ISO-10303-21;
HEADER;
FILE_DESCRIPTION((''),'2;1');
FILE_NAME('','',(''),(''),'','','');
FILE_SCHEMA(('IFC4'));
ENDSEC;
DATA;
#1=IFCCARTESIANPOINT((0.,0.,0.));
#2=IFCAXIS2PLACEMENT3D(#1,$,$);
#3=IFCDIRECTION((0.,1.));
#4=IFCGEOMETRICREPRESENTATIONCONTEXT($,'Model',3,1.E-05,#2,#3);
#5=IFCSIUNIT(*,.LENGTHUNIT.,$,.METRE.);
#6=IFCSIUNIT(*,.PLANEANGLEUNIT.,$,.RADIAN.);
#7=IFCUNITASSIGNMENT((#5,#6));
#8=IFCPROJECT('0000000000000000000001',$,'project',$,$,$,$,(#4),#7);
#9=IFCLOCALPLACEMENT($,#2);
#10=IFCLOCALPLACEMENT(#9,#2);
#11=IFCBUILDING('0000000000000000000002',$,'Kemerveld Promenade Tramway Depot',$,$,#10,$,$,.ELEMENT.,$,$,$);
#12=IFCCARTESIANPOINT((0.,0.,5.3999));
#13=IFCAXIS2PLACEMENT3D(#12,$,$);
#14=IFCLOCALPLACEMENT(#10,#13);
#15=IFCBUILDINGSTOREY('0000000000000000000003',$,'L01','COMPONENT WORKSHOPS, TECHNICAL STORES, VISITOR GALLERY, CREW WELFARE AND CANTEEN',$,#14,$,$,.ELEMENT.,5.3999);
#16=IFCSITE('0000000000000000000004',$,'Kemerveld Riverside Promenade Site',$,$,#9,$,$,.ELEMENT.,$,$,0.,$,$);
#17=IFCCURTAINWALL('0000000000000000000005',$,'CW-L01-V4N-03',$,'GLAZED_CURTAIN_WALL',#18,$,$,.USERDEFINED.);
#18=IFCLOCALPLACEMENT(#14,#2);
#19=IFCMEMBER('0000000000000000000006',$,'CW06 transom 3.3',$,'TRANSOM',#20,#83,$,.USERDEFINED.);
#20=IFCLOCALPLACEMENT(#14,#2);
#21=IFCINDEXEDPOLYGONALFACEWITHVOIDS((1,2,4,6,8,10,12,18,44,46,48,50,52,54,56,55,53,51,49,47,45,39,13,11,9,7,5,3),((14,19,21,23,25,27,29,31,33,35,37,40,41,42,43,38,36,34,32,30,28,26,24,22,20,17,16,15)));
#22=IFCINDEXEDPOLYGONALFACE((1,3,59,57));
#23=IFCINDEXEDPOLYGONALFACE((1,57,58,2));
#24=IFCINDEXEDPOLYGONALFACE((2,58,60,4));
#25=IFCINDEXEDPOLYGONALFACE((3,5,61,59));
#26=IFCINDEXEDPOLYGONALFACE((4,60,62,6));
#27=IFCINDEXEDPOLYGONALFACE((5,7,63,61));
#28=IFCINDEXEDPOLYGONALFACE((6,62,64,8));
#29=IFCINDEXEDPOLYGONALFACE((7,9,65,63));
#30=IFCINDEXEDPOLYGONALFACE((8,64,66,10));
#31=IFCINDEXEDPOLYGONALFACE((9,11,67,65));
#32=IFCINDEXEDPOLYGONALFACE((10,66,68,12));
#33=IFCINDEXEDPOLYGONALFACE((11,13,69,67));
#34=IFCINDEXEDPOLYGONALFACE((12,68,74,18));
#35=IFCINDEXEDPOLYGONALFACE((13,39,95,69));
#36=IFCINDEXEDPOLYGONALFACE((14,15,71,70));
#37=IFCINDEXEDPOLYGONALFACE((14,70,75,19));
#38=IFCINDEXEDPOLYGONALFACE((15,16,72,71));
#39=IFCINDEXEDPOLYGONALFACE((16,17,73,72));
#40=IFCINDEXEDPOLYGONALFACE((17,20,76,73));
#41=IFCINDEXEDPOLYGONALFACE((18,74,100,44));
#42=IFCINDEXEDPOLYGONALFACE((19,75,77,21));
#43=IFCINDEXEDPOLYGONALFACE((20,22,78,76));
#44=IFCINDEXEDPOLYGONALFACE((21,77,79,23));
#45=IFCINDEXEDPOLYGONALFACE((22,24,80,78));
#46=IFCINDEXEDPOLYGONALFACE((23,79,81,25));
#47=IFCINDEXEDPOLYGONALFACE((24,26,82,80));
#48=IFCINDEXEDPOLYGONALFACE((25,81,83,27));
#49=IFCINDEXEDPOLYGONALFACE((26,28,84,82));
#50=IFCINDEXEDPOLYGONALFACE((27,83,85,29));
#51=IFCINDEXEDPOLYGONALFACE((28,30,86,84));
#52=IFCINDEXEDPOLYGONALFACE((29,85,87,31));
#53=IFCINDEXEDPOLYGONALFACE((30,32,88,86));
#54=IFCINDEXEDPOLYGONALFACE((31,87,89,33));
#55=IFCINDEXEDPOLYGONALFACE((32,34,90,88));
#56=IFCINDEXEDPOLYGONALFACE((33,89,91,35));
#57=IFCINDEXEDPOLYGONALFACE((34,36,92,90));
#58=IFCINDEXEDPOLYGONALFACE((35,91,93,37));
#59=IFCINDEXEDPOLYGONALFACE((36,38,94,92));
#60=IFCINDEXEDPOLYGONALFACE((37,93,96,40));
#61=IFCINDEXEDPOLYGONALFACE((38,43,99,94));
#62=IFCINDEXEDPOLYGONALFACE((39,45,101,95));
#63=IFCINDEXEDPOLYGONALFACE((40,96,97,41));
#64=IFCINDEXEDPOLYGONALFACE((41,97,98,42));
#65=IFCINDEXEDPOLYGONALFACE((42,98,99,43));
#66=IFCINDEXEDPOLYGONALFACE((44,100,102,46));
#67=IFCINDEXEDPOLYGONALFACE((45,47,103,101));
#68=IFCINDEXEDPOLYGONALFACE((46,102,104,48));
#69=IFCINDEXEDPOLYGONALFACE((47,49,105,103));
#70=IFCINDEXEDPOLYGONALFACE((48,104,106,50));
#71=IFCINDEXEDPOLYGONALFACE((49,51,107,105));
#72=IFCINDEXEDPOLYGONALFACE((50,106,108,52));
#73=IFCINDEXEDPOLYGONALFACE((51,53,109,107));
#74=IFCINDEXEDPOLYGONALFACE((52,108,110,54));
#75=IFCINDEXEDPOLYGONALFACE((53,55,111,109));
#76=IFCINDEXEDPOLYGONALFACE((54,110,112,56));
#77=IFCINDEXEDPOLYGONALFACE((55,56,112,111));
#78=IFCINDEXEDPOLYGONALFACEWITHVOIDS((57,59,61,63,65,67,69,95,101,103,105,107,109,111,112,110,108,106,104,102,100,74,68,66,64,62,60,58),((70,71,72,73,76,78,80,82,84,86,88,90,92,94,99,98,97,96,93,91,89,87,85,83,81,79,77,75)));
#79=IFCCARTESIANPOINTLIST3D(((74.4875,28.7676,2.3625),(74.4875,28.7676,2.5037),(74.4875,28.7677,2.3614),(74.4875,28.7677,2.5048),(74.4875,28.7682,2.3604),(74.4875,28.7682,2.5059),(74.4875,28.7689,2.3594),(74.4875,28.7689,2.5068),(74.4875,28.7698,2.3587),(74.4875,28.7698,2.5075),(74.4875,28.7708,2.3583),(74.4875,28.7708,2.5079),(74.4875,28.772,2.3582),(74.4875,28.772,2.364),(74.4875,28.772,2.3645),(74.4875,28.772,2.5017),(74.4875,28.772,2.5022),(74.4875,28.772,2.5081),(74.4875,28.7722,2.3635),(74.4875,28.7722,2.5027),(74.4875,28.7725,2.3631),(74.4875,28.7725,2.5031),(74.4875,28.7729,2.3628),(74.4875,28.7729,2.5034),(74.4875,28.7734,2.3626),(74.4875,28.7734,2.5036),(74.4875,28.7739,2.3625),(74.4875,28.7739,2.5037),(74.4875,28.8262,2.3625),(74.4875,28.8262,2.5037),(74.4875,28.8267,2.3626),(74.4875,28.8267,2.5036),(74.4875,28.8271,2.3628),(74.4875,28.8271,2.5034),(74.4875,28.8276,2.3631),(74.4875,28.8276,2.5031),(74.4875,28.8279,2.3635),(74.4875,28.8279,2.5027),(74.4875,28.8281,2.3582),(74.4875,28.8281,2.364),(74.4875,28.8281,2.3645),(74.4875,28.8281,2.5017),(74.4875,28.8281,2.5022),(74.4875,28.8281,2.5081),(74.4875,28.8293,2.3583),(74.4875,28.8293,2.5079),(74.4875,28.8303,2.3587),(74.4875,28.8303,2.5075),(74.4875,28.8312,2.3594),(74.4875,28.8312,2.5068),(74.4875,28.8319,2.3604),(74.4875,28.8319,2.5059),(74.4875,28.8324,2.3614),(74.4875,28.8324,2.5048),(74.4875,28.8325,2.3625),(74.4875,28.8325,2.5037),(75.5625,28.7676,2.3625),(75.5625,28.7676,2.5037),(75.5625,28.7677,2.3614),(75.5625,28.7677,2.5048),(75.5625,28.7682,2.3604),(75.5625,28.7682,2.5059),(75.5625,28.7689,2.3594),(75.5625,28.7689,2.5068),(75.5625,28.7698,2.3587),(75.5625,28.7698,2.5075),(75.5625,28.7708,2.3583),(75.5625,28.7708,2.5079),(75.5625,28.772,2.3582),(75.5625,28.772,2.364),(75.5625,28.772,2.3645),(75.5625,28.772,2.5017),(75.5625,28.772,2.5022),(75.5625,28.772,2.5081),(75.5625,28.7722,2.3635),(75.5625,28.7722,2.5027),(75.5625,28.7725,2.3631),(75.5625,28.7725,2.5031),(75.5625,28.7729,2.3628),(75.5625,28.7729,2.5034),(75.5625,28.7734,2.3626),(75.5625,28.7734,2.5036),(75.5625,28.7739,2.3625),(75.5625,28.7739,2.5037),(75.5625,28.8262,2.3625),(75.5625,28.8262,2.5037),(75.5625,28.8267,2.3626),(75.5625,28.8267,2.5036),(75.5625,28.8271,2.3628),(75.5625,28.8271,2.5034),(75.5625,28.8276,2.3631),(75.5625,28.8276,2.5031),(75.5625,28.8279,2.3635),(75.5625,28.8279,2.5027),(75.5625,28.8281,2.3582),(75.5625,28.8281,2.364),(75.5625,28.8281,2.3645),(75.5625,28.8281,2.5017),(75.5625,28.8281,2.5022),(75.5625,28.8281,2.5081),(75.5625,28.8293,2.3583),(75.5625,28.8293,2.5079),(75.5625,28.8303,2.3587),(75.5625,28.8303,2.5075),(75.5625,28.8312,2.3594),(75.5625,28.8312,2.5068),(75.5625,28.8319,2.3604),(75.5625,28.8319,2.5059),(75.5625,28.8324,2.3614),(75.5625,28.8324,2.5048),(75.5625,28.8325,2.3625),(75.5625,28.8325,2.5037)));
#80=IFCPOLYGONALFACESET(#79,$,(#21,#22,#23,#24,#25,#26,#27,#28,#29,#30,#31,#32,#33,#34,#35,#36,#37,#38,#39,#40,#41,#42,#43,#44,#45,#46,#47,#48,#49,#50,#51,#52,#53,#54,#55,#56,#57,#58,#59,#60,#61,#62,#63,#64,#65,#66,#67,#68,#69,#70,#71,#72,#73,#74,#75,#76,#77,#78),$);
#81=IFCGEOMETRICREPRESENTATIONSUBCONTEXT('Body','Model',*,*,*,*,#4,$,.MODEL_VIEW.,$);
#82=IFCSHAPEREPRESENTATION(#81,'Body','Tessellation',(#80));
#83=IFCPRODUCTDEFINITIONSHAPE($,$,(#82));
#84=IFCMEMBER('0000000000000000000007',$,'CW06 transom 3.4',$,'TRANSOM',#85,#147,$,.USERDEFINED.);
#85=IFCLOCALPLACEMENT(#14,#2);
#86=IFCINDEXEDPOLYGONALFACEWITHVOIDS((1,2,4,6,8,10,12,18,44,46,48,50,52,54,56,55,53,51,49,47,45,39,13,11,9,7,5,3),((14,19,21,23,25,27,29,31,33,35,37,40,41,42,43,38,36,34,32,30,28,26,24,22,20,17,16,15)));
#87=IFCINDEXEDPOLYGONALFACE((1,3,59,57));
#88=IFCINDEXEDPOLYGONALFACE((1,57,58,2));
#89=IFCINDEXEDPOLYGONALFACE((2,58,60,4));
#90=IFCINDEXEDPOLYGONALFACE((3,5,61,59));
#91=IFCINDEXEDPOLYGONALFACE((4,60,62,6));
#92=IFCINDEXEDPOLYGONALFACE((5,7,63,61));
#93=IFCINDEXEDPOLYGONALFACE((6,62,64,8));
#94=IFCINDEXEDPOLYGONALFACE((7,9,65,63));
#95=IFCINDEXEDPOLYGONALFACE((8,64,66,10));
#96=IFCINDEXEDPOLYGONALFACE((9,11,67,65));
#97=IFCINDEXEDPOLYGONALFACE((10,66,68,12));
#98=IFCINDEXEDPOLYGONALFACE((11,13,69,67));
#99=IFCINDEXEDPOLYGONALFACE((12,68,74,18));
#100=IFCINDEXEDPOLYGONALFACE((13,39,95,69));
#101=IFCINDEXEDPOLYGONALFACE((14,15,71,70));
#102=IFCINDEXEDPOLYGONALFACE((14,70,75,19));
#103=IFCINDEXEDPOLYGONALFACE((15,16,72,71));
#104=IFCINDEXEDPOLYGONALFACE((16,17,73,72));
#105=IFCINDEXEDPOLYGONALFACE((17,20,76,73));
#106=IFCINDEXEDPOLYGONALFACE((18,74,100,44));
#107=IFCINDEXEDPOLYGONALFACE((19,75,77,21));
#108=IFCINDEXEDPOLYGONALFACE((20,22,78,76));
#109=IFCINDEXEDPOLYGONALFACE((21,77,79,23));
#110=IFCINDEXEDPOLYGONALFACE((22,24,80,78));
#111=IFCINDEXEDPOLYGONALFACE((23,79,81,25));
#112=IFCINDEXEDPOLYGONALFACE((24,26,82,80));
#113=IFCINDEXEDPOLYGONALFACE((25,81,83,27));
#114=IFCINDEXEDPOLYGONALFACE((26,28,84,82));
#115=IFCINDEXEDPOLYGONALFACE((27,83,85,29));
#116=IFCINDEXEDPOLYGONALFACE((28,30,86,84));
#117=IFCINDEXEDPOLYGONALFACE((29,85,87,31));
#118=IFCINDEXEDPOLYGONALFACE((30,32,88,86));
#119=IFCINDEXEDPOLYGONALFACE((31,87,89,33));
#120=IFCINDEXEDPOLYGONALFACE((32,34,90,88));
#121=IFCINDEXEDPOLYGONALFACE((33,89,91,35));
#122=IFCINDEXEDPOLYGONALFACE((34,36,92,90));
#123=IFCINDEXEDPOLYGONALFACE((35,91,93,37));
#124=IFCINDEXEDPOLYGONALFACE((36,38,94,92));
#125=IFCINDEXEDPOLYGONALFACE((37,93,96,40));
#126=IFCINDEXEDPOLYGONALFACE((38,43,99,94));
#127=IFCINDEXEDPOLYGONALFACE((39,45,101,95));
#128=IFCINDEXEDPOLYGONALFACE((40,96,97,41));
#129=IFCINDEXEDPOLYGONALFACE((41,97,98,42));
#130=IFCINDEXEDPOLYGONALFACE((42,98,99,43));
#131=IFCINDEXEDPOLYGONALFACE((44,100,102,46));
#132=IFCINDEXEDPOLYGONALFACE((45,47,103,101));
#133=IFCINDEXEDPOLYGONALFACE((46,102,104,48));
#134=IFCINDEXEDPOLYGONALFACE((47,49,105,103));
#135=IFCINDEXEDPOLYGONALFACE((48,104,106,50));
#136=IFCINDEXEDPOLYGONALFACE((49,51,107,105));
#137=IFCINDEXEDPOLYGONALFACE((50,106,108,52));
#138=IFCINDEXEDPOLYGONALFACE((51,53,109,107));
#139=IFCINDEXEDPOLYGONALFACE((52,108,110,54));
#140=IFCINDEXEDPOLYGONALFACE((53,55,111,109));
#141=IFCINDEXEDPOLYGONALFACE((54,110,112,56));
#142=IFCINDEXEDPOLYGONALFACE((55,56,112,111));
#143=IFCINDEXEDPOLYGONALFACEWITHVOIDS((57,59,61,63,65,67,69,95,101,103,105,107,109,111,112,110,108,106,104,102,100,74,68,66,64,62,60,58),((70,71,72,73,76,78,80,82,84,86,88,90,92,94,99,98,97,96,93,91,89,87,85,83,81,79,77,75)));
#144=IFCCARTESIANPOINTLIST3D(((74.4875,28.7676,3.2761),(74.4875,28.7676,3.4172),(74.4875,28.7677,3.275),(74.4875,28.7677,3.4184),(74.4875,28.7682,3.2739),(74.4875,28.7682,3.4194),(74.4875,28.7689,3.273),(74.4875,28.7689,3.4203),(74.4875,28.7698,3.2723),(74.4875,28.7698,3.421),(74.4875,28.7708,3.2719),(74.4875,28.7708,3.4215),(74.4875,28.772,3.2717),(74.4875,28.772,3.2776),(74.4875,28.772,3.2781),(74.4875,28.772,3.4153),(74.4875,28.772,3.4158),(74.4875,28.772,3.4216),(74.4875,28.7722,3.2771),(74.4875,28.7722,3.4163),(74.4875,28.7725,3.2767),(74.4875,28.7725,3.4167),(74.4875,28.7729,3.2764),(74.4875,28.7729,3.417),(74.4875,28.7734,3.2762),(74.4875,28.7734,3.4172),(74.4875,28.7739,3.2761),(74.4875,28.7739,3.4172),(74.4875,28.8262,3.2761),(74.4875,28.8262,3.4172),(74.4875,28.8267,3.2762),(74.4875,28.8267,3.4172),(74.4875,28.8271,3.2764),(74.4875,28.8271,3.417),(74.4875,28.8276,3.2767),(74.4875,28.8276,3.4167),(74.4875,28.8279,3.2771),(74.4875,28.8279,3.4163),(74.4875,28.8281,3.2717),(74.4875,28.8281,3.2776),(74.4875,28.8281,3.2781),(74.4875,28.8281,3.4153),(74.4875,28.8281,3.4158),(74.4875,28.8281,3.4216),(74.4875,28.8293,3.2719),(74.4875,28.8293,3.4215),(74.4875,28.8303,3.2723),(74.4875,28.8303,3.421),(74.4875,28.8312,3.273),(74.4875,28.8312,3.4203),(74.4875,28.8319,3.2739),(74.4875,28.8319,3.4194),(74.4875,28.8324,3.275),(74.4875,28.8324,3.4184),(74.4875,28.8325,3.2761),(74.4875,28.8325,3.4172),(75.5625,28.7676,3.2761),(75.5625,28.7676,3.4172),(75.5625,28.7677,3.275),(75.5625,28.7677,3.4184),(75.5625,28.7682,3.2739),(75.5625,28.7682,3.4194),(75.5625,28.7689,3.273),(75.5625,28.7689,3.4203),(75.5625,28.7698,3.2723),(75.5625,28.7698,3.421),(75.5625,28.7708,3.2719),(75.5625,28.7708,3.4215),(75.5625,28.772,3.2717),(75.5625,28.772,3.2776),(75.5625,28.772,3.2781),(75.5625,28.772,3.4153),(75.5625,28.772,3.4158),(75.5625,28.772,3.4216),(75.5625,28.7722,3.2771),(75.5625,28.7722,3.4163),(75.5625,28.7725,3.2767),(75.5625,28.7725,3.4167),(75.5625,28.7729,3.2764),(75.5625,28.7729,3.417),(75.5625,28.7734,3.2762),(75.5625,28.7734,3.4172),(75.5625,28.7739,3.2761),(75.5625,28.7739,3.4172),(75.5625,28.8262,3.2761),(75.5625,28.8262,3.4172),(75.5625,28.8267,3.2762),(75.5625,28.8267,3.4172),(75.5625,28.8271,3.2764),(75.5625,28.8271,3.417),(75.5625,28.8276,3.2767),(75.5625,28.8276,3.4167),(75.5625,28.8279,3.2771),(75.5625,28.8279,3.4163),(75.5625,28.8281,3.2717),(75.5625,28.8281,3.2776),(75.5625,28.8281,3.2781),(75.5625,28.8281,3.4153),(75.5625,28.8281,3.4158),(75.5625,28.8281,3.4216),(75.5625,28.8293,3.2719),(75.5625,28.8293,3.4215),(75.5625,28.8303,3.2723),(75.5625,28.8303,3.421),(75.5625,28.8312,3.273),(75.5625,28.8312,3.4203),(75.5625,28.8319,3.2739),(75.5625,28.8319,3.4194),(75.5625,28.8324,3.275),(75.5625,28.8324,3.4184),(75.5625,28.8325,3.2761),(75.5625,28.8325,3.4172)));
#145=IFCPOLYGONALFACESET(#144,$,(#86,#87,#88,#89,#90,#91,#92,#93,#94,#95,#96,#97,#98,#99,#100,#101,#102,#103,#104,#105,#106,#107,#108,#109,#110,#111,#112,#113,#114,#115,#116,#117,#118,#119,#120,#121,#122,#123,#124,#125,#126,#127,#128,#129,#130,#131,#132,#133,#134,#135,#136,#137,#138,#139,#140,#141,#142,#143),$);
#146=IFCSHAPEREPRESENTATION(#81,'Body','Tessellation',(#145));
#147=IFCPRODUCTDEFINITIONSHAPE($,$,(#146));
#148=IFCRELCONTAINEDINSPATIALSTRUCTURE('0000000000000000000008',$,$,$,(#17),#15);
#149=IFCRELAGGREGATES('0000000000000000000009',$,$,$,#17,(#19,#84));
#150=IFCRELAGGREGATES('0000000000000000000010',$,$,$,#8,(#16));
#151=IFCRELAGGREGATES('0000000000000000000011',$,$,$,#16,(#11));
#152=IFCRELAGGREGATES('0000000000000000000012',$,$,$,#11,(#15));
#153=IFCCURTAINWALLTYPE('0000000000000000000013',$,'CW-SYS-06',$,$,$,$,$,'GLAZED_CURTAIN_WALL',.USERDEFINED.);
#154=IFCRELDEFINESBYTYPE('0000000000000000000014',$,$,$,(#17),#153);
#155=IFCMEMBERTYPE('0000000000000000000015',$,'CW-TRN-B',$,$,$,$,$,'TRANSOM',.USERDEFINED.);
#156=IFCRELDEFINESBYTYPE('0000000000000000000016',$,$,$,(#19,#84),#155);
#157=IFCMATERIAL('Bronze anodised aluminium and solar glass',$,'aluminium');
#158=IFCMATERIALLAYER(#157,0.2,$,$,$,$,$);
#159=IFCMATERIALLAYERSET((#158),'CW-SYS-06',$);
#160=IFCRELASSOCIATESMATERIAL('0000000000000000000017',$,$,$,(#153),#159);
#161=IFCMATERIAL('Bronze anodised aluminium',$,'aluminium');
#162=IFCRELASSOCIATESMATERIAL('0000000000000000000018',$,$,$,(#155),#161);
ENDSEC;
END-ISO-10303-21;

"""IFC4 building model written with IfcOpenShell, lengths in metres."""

from ifc_helpers import new_model, si_unit, direction, frame, origin, origin_2d, place, context, subcontext, project, spatial, hollow_rectangle, extrude, material, layer, layer_set, material_profile, profile_set, type_object, element, aggregate, save


model = new_model("IFC4")

# Units and contexts
model_context = context("Model", 3, precision=1e-05, world=origin(), true_north=direction((0.0, 1.0)))
body_context = subcontext(model_context, "Body", "Model", "MODEL_VIEW")
ifc_project = project(units=[si_unit("LENGTHUNIT", "METRE"), si_unit("PLANEANGLEUNIT", "RADIAN")], contexts=[model_context])

# Site, building, storey
site_placement = place(None, origin())
site = spatial("IfcSite", under=ifc_project, at=site_placement, Name="Kemerveld Riverside Promenade Site", CompositionType="ELEMENT", RefElevation=0.0)
building_placement = place(site_placement, origin())
building = spatial("IfcBuilding", under=site, at=building_placement, Name="Kemerveld Promenade Tramway Depot", CompositionType="ELEMENT")
storey_placement = place(building_placement, frame((0.0, 0.0, 5.3999)))
storey = spatial("IfcBuildingStorey", under=building, at=storey_placement, Name="L01", Description="COMPONENT WORKSHOPS, TECHNICAL STORES, VISITOR GALLERY, CREW WELFARE AND CANTEEN", CompositionType="ELEMENT", Elevation=5.3999)

# Curtain wall, members
ifc_material_1 = material(Name="Bronze anodised aluminium and solar glass", Category="aluminium")
ifc_layer_1 = layer(ifc_material_1, 0.2)
ifc_layer_set_1 = layer_set([ifc_layer_1], Name="CW-SYS-06")
curtain_wall_type = type_object("IfcCurtainWallType", Name="CW-SYS-06", ElementType="GLAZED_CURTAIN_WALL", PredefinedType="USERDEFINED", material=ifc_layer_set_1)
curtain_wall_placement = place(storey_placement, origin())
curtain_wall = element("IfcCurtainWall", 1, at=curtain_wall_placement, inside=storey, type_object=curtain_wall_type, Name="CW-L01-V4N-03", ObjectType="GLAZED_CURTAIN_WALL", PredefinedType="USERDEFINED")
ifc_material_2 = material(Name="Bronze anodised aluminium", Category="aluminium")
ifc_material_profile_1 = material_profile(ifc_material_2, hollow_rectangle(XDim=0.0649, YDim=0.1499, WallThickness=0.0044, InnerFilletRadius=0.002, OuterFilletRadius=0.0044, at=origin_2d()), Name="CW-TRN-150x65")
ifc_profile_set_1 = profile_set([ifc_material_profile_1], Name="Bronze anodised aluminium")
member_type_1 = type_object("IfcMemberType", Name="CW-TRN-B", ElementType="TRANSOM", PredefinedType="USERDEFINED", material=ifc_profile_set_1)
member_1_placement = place(storey_placement, frame((74.4875, 28.8, 2.4331), z_axis=(1.0, 0.0, 0.0), x_axis=(0.0, 1.0, 0.0)))
member_1 = element("IfcMember", 2, at=member_1_placement, type_object=member_type_1, Name="CW06 transom 3.3", ObjectType="TRANSOM", PredefinedType="USERDEFINED", context=body_context, shape_type="SweptSolid", body=[
    extrude(hollow_rectangle(XDim=0.0649, YDim=0.1499, WallThickness=0.0044, InnerFilletRadius=0.002, OuterFilletRadius=0.0044, at=origin_2d()), origin(), (0.0, 0.0, 1.0), 1.075),
])
member_2_placement = place(storey_placement, frame((74.4875, 28.8, 3.3467), z_axis=(1.0, 0.0, 0.0), x_axis=(0.0, 1.0, 0.0)))
member_2 = element("IfcMember", 3, at=member_2_placement, type_object=member_type_1, Name="CW06 transom 3.4", ObjectType="TRANSOM", PredefinedType="USERDEFINED", context=body_context, shape_type="SweptSolid", body=[
    extrude(hollow_rectangle(XDim=0.0649, YDim=0.1499, WallThickness=0.0044, InnerFilletRadius=0.002, OuterFilletRadius=0.0044, at=origin_2d()), origin(), (0.0, 0.0, 1.0), 1.075),
])
aggregate(curtain_wall, [member_1, member_2])

save(model, "model.ifc")
